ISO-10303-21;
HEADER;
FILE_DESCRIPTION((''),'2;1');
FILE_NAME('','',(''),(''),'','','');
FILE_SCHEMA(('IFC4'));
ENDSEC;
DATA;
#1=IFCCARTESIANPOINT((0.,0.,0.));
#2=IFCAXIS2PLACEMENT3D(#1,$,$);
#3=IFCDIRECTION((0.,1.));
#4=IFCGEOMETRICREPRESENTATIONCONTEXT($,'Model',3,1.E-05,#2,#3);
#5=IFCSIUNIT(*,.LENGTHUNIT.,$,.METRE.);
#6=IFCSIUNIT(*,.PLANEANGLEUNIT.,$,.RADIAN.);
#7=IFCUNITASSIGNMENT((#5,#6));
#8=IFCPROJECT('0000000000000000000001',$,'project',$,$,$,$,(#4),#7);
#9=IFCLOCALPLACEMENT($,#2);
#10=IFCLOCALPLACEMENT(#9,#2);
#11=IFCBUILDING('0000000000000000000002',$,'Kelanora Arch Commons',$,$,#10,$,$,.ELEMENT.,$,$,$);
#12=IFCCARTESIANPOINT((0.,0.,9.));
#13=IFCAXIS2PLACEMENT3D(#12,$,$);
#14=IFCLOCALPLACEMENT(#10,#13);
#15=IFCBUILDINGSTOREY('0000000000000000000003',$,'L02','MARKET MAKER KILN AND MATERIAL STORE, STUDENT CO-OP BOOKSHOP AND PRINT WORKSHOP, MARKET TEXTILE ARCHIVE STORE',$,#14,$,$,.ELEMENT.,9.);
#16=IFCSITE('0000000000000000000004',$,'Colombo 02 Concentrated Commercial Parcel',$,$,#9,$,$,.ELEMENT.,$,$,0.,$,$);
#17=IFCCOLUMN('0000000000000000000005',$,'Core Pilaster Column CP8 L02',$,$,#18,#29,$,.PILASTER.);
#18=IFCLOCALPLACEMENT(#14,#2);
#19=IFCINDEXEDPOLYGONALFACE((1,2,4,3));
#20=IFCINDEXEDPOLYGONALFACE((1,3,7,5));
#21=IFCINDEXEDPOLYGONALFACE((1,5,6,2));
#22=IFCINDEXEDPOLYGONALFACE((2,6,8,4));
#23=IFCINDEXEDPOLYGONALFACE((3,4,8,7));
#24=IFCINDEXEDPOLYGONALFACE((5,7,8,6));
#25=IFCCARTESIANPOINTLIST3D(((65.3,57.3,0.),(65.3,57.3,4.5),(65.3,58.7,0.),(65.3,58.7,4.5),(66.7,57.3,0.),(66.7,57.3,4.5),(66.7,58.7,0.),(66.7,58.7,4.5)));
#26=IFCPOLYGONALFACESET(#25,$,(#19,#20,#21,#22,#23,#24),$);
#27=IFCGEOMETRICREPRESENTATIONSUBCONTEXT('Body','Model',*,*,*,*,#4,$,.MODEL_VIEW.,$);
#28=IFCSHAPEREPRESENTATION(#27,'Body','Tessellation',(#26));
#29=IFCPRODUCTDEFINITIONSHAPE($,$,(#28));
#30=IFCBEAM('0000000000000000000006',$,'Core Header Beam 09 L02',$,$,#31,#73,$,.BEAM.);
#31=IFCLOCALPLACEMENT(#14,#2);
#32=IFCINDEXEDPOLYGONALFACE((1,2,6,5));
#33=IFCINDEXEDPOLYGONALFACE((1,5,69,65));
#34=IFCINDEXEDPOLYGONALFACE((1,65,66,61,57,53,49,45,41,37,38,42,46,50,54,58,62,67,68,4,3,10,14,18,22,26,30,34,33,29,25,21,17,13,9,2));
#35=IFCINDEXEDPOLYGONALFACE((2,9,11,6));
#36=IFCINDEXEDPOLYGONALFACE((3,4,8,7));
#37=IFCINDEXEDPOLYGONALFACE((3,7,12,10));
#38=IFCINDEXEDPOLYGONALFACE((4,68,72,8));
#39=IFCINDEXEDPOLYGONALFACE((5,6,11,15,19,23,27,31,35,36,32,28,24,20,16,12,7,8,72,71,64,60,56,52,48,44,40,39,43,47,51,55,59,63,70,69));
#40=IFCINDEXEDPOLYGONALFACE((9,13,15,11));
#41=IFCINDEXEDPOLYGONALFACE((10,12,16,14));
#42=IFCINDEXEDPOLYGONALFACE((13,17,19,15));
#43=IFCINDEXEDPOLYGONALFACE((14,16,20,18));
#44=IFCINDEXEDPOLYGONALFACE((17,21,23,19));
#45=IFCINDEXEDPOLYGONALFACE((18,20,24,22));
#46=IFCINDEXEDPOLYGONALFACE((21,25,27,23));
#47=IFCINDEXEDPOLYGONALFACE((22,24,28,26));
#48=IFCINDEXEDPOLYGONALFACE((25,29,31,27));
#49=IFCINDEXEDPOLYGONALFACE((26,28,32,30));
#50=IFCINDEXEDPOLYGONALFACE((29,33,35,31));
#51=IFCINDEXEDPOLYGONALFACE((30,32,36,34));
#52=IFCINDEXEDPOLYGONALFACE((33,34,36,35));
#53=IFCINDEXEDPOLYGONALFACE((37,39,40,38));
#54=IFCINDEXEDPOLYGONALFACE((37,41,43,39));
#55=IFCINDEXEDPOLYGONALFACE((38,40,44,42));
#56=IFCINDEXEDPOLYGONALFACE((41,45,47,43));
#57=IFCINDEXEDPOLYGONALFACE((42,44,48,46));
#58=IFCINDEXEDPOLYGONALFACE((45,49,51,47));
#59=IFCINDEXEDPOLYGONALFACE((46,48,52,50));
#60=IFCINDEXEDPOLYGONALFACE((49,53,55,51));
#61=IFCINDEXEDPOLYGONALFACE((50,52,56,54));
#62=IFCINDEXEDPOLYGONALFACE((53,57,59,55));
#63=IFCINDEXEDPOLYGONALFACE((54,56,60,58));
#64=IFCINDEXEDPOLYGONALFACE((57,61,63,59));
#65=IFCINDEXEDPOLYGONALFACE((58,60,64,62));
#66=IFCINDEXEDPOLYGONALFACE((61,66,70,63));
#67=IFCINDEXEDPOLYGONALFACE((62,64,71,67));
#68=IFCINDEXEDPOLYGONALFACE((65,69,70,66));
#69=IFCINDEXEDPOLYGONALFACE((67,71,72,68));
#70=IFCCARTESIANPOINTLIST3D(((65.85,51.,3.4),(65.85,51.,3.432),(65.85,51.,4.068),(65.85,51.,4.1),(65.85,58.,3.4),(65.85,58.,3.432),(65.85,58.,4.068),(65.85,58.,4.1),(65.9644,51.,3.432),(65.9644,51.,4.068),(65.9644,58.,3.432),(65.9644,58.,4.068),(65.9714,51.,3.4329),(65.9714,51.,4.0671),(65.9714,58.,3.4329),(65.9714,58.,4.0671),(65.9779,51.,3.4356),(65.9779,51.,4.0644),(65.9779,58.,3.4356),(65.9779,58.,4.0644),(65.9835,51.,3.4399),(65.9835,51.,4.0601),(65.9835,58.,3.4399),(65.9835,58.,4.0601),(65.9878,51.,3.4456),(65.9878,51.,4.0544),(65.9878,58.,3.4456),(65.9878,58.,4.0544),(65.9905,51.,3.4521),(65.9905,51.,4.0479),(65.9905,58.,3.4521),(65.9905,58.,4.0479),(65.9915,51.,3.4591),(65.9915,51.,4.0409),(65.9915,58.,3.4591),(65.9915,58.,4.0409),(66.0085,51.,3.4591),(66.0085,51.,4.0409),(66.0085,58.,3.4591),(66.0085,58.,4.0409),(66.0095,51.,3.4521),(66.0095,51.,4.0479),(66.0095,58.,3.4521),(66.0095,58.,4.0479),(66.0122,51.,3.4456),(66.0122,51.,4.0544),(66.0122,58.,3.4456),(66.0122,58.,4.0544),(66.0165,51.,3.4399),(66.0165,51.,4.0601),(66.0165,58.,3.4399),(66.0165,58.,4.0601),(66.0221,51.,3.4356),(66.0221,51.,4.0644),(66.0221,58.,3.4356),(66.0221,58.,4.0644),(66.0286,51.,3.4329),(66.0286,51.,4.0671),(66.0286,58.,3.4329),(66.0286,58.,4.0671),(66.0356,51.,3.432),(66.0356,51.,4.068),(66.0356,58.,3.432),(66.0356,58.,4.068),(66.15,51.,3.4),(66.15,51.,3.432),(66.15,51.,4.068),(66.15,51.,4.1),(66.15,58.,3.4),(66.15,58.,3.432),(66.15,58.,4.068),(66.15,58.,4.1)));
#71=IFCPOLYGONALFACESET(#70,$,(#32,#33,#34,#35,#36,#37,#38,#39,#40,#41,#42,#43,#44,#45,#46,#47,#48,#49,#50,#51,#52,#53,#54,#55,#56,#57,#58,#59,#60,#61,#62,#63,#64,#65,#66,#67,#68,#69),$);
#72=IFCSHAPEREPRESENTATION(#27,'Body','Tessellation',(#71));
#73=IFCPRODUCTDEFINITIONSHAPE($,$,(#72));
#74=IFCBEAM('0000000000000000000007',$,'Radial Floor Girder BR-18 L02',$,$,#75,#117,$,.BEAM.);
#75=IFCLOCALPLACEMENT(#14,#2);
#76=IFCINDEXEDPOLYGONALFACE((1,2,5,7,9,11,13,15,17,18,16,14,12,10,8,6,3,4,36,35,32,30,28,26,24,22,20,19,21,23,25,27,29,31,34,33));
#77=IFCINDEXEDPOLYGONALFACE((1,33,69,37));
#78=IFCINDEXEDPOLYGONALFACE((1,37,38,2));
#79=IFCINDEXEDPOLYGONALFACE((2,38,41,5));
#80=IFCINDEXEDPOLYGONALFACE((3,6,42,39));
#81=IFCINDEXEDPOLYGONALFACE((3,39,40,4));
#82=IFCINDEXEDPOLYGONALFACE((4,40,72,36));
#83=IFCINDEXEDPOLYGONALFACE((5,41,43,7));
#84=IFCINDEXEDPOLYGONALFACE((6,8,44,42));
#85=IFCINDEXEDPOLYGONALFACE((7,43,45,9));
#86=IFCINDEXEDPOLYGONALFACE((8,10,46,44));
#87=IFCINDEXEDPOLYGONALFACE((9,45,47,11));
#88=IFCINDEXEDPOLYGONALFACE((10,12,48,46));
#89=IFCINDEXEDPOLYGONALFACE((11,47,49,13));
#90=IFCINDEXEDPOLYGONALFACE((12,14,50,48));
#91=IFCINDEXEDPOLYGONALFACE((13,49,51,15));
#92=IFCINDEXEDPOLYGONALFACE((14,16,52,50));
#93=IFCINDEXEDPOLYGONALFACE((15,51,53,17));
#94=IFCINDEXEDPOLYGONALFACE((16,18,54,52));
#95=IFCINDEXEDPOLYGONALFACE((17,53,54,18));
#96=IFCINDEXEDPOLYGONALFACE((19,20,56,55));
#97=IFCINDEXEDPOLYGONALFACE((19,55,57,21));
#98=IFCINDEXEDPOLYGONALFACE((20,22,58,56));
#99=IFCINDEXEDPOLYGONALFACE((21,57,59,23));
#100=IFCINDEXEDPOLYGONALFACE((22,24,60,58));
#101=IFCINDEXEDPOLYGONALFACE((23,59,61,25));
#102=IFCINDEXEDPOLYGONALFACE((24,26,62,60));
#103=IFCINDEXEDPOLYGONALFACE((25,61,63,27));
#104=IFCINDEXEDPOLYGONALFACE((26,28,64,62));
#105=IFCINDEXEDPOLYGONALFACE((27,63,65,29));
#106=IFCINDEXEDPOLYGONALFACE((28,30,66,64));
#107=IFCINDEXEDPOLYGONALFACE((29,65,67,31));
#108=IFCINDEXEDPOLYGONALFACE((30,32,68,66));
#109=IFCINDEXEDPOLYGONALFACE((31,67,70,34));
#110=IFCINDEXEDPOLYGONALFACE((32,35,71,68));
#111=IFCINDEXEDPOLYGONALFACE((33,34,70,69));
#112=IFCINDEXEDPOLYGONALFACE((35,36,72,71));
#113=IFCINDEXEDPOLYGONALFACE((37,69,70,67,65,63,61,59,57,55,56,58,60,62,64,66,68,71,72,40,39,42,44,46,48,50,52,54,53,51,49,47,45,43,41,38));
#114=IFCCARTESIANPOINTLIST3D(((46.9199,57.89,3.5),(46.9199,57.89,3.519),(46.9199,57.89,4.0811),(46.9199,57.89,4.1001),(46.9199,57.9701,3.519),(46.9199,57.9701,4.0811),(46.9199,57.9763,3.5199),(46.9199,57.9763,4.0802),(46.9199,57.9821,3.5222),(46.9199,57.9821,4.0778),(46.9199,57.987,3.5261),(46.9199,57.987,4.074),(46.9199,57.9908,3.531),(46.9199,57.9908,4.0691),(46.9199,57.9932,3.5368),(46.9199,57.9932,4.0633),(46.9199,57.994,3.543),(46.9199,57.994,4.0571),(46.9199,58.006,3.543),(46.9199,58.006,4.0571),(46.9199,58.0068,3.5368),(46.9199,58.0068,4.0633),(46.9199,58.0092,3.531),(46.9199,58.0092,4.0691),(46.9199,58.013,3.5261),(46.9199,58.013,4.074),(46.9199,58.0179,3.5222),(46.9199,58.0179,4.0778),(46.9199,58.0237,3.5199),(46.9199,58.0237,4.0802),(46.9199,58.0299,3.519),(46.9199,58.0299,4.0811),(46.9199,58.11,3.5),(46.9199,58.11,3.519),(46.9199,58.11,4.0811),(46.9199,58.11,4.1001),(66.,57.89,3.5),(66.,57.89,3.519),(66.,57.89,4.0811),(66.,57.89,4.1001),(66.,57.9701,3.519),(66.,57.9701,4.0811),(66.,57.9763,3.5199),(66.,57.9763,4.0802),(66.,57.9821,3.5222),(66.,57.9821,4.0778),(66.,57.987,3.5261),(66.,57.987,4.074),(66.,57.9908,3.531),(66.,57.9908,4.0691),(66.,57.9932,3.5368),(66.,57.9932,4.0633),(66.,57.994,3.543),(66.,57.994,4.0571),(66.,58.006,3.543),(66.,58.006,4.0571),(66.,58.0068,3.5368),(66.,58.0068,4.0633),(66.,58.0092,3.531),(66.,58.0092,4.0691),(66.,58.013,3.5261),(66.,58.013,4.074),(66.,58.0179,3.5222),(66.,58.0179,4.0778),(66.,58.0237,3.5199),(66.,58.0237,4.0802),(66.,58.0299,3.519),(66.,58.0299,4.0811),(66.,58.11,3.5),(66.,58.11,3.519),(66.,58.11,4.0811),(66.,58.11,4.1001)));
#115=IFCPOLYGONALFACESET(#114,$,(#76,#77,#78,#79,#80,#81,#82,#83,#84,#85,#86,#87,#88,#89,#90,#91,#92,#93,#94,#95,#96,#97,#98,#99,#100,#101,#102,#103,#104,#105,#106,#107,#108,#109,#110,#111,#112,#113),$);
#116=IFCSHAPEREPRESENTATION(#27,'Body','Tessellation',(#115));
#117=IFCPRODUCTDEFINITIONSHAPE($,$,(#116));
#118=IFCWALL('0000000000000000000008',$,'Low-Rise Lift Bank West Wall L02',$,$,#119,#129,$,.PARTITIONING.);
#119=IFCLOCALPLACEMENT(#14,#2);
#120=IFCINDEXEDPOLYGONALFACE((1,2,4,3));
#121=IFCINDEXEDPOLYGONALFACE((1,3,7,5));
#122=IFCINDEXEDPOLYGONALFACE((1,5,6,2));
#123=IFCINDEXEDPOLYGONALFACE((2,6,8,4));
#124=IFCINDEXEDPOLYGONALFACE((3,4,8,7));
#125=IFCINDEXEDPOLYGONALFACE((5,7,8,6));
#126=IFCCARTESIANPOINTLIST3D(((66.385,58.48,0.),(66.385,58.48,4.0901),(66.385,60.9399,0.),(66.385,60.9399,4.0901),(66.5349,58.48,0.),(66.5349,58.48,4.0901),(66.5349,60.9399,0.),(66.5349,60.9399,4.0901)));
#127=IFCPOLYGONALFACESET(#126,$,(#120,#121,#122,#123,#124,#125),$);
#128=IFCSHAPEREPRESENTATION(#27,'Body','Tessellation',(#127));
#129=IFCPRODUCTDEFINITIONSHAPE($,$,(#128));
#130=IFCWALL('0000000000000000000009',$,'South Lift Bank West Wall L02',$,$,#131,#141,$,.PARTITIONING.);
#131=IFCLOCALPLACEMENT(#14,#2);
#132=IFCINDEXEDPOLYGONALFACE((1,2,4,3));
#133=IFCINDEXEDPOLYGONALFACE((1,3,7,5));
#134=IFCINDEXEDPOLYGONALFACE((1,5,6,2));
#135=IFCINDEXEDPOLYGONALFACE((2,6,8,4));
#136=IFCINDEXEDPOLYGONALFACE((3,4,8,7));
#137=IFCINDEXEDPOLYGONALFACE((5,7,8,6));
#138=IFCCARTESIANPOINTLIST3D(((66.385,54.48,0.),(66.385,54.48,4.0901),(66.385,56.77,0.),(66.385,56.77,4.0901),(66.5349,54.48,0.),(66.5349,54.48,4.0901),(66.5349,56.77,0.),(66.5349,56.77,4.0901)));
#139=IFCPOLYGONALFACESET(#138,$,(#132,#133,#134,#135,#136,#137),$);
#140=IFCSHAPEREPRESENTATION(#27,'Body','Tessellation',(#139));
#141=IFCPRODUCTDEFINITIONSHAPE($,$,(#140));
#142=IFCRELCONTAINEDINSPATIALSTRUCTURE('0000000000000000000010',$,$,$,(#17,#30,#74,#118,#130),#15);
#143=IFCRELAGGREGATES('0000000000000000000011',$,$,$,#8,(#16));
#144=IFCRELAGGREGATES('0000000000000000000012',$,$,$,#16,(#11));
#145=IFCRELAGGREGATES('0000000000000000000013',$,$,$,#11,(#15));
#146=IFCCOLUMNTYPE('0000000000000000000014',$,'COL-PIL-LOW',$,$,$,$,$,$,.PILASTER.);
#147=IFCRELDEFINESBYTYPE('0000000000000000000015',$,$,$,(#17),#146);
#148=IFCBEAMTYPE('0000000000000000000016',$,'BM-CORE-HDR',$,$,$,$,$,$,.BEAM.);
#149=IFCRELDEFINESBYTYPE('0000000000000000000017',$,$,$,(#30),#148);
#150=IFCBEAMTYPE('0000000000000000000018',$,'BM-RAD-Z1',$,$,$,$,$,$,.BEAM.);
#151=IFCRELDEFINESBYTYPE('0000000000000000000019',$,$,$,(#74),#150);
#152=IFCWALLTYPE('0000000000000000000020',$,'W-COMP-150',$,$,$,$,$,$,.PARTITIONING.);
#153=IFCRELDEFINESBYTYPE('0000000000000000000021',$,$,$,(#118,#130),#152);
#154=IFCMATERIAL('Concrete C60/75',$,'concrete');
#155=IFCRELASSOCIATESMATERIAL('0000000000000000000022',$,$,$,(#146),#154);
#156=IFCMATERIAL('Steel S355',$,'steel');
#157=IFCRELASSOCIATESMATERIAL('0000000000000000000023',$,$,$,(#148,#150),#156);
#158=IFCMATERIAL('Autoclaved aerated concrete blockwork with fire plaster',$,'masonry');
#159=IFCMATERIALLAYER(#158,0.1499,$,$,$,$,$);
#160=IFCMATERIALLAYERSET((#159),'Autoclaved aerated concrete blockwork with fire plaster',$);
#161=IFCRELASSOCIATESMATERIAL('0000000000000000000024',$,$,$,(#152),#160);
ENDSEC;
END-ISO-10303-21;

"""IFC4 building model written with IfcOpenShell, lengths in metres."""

from ifc_helpers import new_model, si_unit, direction, frame, frame_2d, origin, origin_2d, place, context, subcontext, project, spatial, rectangle, i_section, extrude, material, layer, layer_set, material_profile, profile_set, type_object, element, save


model = new_model("IFC4")

# Units and contexts
model_context = context("Model", 3, precision=1e-05, world=origin(), true_north=direction((0.0, 1.0)))
body_context = subcontext(model_context, "Body", "Model", "MODEL_VIEW")
ifc_project = project(units=[si_unit("LENGTHUNIT", "METRE"), si_unit("PLANEANGLEUNIT", "RADIAN")], contexts=[model_context])

# Site, building, storey
site_placement = place(None, origin())
site = spatial("IfcSite", under=ifc_project, at=site_placement, Name="Colombo 02 Concentrated Commercial Parcel", CompositionType="ELEMENT", RefElevation=0.0)
building_placement = place(site_placement, origin())
building = spatial("IfcBuilding", under=site, at=building_placement, Name="Kelanora Arch Commons", CompositionType="ELEMENT")
storey_placement = place(building_placement, frame((0.0, 0.0, 9.0)))
storey = spatial("IfcBuildingStorey", under=building, at=storey_placement, Name="L02", Description="MARKET MAKER KILN AND MATERIAL STORE, STUDENT CO-OP BOOKSHOP AND PRINT WORKSHOP, MARKET TEXTILE ARCHIVE STORE", CompositionType="ELEMENT", Elevation=9.0)

# Column
ifc_material_1 = material(Name="Concrete C60/75", Category="concrete")
ifc_material_profile_1 = material_profile(ifc_material_1, rectangle(XDim=1.3999, YDim=1.3999, at=origin_2d()), Name="RC1400x1400")
ifc_profile_set_1 = profile_set([ifc_material_profile_1], Name="Concrete C60/75")
column_type = type_object("IfcColumnType", Name="COL-PIL-LOW", PredefinedType="PILASTER", material=ifc_profile_set_1)
column_placement = place(storey_placement, frame((66.0, 58.0, 0.0), z_axis=(0.0, 0.0, 1.0), x_axis=(1.0, 0.0, 0.0)))
element("IfcColumn", 1, at=column_placement, inside=storey, type_object=column_type, Name="Core Pilaster Column CP8 L02", PredefinedType="PILASTER", context=body_context, shape_type="SweptSolid", body=[
    extrude(rectangle(XDim=1.3999, YDim=1.3999, at=origin_2d()), origin(), (0.0, 0.0, 1.0), 4.5),
])

# Beams
ifc_material_2 = material(Name="Steel S355", Category="steel")
ifc_material_profile_2 = material_profile(ifc_material_2, i_section(OverallWidth=0.3, OverallDepth=0.7, WebThickness=0.0171, FlangeThickness=0.032, FilletRadius=0.0271, at=origin_2d()), Name="HEB700")
ifc_profile_set_2 = profile_set([ifc_material_profile_2], Name="Steel S355")
beam_type_1 = type_object("IfcBeamType", Name="BM-CORE-HDR", PredefinedType="BEAM", material=ifc_profile_set_2)
beam_1_placement = place(storey_placement, frame((66.0, 58.0, 3.75), z_axis=(0.0, -1.0, 0.0), x_axis=(1.0, 0.0, 0.0)))
element("IfcBeam", 2, at=beam_1_placement, inside=storey, type_object=beam_type_1, Name="Core Header Beam 09 L02", PredefinedType="BEAM", context=body_context, shape_type="SweptSolid", body=[
    extrude(i_section(OverallWidth=0.3, OverallDepth=0.7, WebThickness=0.0171, FlangeThickness=0.032, FilletRadius=0.0271, at=origin_2d()), origin(), (0.0, 0.0, 1.0), 7.0),
])
ifc_material_profile_3 = material_profile(ifc_material_2, i_section(OverallWidth=0.22, OverallDepth=0.6001, WebThickness=0.012, FlangeThickness=0.019, FilletRadius=0.0239, at=origin_2d()), Name="IPE600")
ifc_profile_set_3 = profile_set([ifc_material_profile_3], Name="Steel S355")
beam_type_2 = type_object("IfcBeamType", Name="BM-RAD-Z1", PredefinedType="BEAM", material=ifc_profile_set_3)
beam_2_placement = place(storey_placement, frame((66.0, 58.0, 3.8), z_axis=(-1.0, 0.0, 0.0), x_axis=(0.0, -1.0, 0.0)))
element("IfcBeam", 3, at=beam_2_placement, inside=storey, type_object=beam_type_2, Name="Radial Floor Girder BR-18 L02", PredefinedType="BEAM", context=body_context, shape_type="SweptSolid", body=[
    extrude(i_section(OverallWidth=0.22, OverallDepth=0.6001, WebThickness=0.012, FlangeThickness=0.019, FilletRadius=0.0239, at=origin_2d()), origin(), (0.0, 0.0, 1.0), 19.0801),
])

# Walls
ifc_material_3 = material(Name="Autoclaved aerated concrete blockwork with fire plaster", Category="masonry")
ifc_layer_1 = layer(ifc_material_3, 0.1499)
ifc_layer_set_1 = layer_set([ifc_layer_1], Name="Autoclaved aerated concrete blockwork with fire plaster")
wall_type_1 = type_object("IfcWallType", Name="W-COMP-150", PredefinedType="PARTITIONING", material=ifc_layer_set_1)
wall_1_placement = place(storey_placement, frame((66.46, 58.48, 0.0), z_axis=(0.0, 0.0, 1.0), x_axis=(0.0, 1.0, 0.0)))
element("IfcWall", 4, at=wall_1_placement, inside=storey, type_object=wall_type_1, Name="Low-Rise Lift Bank West Wall L02", PredefinedType="PARTITIONING", context=body_context, shape_type="SweptSolid", body=[
    extrude(rectangle(XDim=2.46, YDim=0.1499, at=frame_2d((1.23, 0.0))), origin(), (0.0, 0.0, 1.0), 4.0901),
])
wall_2_placement = place(storey_placement, frame((66.46, 54.48, 0.0), z_axis=(0.0, 0.0, 1.0), x_axis=(0.0, 1.0, 0.0)))
element("IfcWall", 5, at=wall_2_placement, inside=storey, type_object=wall_type_1, Name="South Lift Bank West Wall L02", PredefinedType="PARTITIONING", context=body_context, shape_type="SweptSolid", body=[
    extrude(rectangle(XDim=2.29, YDim=0.1499, at=frame_2d((1.145, 0.0))), origin(), (0.0, 0.0, 1.0), 4.0901),
])

save(model, "model.ifc")
